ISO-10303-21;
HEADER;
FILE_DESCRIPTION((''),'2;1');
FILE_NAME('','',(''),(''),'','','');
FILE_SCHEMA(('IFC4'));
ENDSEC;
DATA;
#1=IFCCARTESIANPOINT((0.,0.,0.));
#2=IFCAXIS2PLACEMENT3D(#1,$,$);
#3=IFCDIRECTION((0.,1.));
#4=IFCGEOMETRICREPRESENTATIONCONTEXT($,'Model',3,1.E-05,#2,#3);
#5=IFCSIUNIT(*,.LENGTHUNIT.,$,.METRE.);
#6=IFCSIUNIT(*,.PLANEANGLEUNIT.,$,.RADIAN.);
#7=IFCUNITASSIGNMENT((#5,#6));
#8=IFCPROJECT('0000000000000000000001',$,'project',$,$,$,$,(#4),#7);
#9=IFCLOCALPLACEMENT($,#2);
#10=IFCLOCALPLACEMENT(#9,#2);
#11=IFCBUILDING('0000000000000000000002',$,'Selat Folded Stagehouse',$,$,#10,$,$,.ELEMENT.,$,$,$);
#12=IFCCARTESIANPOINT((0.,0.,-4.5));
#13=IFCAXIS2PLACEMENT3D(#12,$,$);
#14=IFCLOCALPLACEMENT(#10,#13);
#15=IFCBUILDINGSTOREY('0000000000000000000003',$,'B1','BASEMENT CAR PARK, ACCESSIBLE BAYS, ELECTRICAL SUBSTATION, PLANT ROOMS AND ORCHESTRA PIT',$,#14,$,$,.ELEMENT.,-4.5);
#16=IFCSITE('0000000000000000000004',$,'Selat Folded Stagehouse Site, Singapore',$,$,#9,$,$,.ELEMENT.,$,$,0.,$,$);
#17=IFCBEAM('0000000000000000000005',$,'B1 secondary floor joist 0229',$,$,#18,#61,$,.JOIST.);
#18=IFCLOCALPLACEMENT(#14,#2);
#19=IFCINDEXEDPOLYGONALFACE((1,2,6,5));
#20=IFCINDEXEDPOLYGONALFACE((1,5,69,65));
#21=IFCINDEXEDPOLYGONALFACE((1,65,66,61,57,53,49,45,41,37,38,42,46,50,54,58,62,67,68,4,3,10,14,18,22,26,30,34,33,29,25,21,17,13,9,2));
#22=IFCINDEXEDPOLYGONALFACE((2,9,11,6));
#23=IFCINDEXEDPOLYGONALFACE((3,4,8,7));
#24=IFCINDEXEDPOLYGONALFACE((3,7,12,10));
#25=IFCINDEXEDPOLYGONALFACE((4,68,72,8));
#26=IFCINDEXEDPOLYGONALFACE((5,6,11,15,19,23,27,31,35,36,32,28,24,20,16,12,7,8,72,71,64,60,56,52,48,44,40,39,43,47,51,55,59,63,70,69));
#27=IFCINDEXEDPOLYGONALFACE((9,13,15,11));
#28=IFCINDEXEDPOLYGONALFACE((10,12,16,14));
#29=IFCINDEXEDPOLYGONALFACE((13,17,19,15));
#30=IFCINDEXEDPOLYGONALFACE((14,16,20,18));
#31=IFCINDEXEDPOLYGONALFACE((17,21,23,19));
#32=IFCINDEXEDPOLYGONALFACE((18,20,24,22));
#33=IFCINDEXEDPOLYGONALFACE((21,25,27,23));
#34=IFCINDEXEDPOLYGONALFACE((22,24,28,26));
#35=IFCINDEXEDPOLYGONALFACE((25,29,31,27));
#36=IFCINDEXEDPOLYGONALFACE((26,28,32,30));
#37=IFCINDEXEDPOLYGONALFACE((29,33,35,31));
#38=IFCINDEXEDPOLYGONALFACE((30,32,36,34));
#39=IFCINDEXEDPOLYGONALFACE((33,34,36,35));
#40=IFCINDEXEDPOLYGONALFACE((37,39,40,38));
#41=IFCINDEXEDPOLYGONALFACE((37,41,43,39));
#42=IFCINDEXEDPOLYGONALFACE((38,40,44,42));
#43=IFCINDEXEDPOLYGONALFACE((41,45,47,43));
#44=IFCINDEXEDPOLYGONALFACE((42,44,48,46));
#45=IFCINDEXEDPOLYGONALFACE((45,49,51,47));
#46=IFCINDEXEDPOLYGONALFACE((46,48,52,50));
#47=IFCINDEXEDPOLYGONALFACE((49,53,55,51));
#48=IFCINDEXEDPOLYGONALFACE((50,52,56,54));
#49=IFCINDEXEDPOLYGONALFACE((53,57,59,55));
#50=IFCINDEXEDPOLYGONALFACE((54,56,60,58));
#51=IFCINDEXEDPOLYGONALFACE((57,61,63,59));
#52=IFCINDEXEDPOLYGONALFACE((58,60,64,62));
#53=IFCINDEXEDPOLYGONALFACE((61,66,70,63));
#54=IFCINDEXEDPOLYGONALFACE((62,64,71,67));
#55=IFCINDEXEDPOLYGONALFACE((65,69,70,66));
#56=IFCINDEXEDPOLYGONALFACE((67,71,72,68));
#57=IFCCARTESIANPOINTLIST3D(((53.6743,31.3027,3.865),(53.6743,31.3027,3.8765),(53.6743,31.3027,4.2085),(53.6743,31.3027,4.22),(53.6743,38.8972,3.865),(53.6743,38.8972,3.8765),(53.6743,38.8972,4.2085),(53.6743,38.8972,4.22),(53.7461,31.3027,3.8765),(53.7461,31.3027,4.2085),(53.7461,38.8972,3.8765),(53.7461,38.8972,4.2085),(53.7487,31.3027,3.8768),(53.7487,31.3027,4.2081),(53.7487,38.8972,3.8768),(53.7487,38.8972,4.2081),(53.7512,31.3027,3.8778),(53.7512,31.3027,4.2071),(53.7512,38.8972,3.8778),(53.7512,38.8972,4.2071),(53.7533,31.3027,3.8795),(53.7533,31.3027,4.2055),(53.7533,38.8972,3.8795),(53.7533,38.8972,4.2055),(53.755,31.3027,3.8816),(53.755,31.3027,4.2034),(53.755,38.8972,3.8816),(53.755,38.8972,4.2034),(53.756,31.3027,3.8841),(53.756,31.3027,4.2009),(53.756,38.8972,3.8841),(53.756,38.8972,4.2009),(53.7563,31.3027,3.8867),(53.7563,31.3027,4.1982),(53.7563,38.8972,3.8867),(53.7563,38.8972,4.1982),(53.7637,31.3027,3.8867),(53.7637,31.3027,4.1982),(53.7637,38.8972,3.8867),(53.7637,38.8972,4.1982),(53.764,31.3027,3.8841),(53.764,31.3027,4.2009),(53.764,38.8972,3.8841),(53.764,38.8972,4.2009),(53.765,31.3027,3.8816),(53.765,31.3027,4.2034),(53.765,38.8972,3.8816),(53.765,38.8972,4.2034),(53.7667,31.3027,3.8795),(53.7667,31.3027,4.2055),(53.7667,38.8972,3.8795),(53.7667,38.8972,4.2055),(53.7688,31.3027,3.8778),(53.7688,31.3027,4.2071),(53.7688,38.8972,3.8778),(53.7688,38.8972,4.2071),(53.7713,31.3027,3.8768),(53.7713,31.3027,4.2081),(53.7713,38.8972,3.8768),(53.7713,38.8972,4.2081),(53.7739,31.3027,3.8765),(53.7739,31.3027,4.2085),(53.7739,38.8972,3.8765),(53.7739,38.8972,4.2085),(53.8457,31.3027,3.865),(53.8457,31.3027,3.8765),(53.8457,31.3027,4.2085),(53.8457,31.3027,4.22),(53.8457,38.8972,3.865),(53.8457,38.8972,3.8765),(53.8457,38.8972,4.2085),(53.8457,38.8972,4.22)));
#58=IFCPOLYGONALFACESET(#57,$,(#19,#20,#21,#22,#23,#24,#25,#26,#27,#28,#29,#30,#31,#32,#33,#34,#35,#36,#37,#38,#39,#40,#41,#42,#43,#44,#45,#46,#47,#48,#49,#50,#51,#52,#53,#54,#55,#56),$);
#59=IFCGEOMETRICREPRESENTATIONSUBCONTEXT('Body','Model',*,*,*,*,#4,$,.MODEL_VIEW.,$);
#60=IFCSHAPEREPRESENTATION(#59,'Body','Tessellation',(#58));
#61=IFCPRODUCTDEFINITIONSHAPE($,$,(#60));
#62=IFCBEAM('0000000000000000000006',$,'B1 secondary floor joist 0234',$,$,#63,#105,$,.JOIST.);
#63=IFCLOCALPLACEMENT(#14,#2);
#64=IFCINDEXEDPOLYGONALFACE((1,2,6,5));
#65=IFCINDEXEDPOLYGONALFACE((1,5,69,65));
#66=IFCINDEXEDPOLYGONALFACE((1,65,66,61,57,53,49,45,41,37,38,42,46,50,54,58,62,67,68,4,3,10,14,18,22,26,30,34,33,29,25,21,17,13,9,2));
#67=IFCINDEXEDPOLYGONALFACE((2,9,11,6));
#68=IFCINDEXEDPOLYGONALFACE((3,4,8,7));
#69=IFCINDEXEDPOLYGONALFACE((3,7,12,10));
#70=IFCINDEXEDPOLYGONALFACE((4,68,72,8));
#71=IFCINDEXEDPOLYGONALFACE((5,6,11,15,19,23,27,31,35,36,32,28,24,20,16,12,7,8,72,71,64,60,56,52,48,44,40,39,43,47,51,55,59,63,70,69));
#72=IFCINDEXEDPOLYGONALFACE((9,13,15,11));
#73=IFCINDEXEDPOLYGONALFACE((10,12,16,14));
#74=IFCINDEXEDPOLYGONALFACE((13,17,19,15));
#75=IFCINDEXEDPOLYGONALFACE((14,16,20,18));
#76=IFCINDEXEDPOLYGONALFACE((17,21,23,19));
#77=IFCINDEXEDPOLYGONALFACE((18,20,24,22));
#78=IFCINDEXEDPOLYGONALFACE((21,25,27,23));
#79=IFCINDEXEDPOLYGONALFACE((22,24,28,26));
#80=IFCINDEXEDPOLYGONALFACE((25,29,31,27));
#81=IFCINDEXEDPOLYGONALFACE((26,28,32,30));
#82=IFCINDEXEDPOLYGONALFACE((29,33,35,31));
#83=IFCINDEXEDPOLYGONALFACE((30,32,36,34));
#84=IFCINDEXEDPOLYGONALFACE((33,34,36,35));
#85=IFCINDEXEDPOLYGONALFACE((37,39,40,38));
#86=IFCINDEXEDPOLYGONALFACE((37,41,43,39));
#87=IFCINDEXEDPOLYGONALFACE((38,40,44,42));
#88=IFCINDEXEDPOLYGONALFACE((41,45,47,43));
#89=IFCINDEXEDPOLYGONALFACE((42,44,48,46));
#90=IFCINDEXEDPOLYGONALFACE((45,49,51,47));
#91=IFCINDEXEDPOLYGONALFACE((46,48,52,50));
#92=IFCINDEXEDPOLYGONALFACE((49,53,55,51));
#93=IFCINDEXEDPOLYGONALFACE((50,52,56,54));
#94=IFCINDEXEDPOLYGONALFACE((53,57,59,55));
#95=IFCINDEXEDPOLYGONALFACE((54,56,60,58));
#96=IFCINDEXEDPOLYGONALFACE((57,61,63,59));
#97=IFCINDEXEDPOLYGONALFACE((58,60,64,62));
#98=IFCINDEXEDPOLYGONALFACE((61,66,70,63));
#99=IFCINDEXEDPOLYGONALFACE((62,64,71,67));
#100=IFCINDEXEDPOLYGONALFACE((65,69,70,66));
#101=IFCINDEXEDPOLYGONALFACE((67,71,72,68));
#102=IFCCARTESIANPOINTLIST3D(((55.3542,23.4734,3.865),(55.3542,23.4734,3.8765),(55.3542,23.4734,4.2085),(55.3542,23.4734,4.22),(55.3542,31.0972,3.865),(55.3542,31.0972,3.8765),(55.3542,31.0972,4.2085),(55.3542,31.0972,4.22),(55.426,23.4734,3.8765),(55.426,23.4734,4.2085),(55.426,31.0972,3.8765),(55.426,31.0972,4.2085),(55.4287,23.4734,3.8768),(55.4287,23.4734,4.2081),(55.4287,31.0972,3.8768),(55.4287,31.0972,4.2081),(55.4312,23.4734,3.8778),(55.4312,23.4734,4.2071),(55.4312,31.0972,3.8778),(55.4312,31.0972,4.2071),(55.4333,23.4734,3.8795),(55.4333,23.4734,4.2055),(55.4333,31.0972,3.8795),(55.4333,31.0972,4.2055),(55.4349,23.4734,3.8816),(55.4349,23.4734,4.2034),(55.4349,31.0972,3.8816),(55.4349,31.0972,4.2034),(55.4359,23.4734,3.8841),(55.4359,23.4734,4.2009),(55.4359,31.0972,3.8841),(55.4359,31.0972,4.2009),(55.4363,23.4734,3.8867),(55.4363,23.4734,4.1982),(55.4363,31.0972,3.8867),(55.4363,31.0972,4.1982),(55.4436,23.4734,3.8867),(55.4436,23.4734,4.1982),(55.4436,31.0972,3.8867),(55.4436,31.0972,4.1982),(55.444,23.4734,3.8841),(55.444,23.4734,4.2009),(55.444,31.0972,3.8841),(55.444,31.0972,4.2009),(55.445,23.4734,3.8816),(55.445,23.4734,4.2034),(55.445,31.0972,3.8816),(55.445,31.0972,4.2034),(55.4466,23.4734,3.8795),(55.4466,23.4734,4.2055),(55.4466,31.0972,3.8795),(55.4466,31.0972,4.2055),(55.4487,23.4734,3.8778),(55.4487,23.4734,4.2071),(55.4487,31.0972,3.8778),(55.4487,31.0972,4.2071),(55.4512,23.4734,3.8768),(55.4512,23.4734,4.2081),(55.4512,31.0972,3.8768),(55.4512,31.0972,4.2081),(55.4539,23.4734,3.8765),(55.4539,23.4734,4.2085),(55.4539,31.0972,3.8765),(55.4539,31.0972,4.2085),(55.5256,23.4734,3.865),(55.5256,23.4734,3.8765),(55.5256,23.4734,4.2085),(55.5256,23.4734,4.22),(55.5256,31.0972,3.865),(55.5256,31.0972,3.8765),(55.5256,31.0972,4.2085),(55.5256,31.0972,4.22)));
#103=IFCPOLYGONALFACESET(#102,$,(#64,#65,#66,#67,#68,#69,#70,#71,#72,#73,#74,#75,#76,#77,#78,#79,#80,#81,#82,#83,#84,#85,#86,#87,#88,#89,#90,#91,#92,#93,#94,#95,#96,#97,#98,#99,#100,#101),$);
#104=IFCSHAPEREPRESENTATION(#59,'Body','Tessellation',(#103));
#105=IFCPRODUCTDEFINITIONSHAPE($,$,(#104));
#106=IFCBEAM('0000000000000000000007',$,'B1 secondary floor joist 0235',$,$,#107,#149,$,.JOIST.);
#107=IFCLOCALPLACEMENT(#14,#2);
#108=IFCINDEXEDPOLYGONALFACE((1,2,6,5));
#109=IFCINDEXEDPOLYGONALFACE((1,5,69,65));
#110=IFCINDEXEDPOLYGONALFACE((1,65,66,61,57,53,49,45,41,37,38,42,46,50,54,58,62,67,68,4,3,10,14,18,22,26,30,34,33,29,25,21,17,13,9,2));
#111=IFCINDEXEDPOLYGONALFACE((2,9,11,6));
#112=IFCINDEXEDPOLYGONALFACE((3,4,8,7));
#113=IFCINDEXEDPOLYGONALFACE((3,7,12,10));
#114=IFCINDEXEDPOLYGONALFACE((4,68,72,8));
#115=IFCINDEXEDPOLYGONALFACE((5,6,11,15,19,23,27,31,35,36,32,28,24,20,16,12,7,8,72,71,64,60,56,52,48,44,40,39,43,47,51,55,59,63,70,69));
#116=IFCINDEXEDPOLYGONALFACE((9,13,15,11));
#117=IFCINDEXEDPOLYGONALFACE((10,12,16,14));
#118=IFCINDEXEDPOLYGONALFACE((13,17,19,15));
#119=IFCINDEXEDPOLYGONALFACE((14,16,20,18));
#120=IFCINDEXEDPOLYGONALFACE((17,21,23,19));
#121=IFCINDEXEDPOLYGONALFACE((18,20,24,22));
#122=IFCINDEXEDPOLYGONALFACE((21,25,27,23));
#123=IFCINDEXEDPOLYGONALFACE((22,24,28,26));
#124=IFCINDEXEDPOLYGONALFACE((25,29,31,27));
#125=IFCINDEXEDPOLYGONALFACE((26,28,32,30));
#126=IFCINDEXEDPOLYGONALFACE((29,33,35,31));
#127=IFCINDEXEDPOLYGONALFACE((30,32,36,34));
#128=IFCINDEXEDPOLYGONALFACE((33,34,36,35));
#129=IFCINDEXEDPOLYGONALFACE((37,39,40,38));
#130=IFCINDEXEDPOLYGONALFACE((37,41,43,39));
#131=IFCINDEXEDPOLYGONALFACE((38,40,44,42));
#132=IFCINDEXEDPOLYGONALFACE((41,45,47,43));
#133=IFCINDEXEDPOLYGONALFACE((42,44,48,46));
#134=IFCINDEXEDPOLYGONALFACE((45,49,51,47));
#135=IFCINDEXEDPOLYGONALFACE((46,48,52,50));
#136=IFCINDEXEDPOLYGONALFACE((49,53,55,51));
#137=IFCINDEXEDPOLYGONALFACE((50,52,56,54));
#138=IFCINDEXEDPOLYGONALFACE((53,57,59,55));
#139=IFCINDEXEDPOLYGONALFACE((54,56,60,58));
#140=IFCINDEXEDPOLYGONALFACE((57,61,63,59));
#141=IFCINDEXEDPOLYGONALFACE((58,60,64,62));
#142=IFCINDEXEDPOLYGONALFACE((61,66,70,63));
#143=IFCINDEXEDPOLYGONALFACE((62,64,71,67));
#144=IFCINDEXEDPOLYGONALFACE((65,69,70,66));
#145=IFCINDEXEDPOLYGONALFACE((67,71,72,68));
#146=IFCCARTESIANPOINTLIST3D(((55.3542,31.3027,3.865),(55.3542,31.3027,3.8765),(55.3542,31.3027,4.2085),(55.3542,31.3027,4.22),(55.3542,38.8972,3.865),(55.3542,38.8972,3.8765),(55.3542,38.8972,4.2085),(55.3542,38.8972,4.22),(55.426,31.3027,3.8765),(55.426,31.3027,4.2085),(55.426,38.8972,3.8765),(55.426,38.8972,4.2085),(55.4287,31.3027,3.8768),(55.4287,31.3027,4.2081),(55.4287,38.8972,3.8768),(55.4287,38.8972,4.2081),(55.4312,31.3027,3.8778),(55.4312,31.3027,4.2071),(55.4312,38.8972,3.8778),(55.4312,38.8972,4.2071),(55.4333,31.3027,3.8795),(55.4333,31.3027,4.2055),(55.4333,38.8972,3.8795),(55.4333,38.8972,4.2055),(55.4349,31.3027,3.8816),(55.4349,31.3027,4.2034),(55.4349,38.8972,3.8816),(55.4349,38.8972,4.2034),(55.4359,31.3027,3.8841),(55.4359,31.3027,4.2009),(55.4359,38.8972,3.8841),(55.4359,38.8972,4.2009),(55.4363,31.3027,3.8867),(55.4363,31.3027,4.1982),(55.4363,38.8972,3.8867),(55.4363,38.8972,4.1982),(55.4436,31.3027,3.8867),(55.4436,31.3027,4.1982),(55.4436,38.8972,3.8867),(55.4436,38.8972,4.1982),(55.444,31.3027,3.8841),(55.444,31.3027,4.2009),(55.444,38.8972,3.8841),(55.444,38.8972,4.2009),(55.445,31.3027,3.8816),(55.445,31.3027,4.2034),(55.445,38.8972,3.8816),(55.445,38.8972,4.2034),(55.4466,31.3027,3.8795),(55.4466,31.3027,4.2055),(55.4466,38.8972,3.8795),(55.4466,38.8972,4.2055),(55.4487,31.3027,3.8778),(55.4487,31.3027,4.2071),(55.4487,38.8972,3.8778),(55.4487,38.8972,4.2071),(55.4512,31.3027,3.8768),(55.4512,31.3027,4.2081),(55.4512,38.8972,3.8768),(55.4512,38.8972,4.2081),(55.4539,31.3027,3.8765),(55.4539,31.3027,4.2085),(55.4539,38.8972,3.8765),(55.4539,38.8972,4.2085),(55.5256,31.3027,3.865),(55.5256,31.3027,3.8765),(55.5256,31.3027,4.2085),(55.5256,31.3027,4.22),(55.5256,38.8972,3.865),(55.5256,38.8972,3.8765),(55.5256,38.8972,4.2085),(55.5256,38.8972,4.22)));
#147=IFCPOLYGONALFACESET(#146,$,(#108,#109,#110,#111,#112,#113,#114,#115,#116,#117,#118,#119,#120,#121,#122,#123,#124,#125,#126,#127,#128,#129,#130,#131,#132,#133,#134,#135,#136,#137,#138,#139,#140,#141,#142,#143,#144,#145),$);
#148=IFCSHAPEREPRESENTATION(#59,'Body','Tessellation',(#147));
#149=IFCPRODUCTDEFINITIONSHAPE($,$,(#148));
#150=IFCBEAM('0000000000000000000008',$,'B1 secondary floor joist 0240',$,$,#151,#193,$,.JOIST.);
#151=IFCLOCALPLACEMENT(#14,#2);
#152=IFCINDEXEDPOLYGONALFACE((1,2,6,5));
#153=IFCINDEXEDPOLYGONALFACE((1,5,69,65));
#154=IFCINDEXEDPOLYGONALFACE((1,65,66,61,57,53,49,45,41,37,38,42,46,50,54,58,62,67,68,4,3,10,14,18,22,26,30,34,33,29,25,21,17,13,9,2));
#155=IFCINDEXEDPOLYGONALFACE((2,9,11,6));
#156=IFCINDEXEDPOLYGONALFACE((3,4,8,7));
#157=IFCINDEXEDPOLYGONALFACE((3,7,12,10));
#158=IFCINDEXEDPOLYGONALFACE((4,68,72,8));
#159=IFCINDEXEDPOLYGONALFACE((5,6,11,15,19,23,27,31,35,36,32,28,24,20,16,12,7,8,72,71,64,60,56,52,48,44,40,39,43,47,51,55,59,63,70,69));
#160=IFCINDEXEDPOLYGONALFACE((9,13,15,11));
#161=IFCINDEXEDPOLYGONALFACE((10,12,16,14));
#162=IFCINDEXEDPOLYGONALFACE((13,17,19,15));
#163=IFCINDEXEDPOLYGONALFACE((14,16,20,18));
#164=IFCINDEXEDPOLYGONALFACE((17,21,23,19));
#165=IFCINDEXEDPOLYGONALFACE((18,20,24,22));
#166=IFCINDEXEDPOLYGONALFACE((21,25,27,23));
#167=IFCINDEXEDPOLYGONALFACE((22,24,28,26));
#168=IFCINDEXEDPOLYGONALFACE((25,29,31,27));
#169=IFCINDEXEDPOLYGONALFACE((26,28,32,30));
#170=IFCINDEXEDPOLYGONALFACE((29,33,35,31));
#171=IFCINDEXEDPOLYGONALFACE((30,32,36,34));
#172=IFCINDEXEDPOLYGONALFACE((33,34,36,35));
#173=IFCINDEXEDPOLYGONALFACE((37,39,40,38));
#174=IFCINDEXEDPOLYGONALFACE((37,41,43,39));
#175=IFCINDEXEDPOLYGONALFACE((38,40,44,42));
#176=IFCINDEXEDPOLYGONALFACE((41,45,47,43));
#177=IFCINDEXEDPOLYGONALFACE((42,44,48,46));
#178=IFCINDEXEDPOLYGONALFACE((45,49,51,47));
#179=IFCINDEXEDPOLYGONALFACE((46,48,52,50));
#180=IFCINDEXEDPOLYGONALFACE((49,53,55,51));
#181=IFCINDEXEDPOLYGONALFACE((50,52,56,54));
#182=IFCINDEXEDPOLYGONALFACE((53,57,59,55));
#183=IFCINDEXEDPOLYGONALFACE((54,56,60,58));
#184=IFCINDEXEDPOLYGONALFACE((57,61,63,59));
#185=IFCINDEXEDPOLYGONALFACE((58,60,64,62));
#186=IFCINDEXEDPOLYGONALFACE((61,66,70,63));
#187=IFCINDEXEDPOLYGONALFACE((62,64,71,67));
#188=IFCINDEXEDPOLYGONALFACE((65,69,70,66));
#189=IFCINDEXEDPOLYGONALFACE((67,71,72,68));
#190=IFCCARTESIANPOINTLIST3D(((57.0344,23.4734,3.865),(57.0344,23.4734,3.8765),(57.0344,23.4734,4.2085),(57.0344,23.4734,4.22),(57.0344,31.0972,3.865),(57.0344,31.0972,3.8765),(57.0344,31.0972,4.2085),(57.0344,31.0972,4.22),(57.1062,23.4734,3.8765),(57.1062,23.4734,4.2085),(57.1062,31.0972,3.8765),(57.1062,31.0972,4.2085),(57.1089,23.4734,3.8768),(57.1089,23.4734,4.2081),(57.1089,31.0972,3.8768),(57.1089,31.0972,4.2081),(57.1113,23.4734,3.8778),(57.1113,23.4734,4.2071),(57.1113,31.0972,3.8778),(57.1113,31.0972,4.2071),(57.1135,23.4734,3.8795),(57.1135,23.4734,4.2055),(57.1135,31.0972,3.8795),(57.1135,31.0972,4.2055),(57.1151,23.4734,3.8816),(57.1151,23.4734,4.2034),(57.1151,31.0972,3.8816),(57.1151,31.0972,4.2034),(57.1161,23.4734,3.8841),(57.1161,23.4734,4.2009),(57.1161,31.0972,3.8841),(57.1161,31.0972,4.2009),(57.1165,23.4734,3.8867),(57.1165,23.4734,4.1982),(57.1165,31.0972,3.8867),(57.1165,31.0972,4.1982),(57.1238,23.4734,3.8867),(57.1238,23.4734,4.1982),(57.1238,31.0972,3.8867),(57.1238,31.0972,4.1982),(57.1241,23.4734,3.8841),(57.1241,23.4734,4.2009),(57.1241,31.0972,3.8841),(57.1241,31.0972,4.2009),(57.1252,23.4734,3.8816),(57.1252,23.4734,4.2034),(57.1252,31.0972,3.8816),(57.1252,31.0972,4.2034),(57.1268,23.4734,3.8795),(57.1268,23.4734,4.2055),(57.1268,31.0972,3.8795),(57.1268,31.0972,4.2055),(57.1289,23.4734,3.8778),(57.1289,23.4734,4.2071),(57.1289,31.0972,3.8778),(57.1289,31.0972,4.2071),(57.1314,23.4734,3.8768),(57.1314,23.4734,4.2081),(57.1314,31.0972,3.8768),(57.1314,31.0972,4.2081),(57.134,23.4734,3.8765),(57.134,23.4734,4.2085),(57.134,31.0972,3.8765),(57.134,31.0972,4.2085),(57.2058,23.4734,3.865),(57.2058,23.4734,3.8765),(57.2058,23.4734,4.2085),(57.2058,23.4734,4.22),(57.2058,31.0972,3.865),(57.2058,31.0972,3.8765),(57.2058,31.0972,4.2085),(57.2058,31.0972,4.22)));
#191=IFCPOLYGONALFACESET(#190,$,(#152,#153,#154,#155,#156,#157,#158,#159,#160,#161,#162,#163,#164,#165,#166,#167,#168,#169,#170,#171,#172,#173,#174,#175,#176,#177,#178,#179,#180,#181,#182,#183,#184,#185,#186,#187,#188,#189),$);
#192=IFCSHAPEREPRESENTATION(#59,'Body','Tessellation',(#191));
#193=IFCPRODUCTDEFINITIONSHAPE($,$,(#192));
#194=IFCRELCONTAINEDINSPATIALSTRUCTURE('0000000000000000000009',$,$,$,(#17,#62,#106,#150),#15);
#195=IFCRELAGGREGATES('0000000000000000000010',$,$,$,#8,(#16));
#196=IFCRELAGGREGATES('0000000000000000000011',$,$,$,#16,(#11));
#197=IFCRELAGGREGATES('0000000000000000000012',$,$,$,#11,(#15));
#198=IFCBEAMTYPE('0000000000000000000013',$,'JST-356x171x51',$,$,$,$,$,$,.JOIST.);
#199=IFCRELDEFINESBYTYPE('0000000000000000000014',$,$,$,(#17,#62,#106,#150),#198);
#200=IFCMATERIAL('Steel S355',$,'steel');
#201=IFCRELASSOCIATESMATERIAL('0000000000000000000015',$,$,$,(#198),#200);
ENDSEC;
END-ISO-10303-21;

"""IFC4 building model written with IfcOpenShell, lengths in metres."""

from ifc_helpers import new_model, si_unit, direction, frame, origin, origin_2d, place, context, subcontext, project, spatial, i_section, extrude, material, material_profile, profile_set, type_object, element, save


model = new_model("IFC4")

# Units and contexts
model_context = context("Model", 3, precision=1e-05, world=origin(), true_north=direction((0.0, 1.0)))
body_context = subcontext(model_context, "Body", "Model", "MODEL_VIEW")
ifc_project = project(units=[si_unit("LENGTHUNIT", "METRE"), si_unit("PLANEANGLEUNIT", "RADIAN")], contexts=[model_context])

# Site, building, storey
site_placement = place(None, origin())
site = spatial("IfcSite", under=ifc_project, at=site_placement, Name="Selat Folded Stagehouse Site, Singapore", CompositionType="ELEMENT", RefElevation=0.0)
building_placement = place(site_placement, origin())
building = spatial("IfcBuilding", under=site, at=building_placement, Name="Selat Folded Stagehouse", CompositionType="ELEMENT")
storey_placement = place(building_placement, frame((0.0, 0.0, -4.5)))
storey = spatial("IfcBuildingStorey", under=building, at=storey_placement, Name="B1", Description="BASEMENT CAR PARK, ACCESSIBLE BAYS, ELECTRICAL SUBSTATION, PLANT ROOMS AND ORCHESTRA PIT", CompositionType="ELEMENT", Elevation=-4.5)

# Shared definitions
ifc_material_1 = material(Name="Steel S355", Category="steel")

# Beams
ifc_material_profile_1 = material_profile(ifc_material_1, i_section(OverallWidth=0.1714, OverallDepth=0.355, WebThickness=0.0073, FlangeThickness=0.0115, FilletRadius=0.0103, at=origin_2d()), Name="UKB 356x171x51")
ifc_profile_set_1 = profile_set([ifc_material_profile_1], Name="Steel S355")
beam_type_1 = type_object("IfcBeamType", Name="JST-356x171x51", PredefinedType="JOIST", material=ifc_profile_set_1)
beam_1_placement = place(storey_placement, frame((53.76, 31.3027, 4.0425), z_axis=(0.0, 1.0, 0.0), x_axis=(-1.0, 0.0, 0.0)))
element("IfcBeam", 1, at=beam_1_placement, inside=storey, type_object=beam_type_1, Name="B1 secondary floor joist 0229", PredefinedType="JOIST", context=body_context, shape_type="SweptSolid", body=[
    extrude(i_section(OverallWidth=0.1714, OverallDepth=0.355, WebThickness=0.0073, FlangeThickness=0.0115, FilletRadius=0.0103, at=origin_2d()), origin(), (0.0, 0.0, 1.0), 7.5945),
])
beam_2_placement = place(storey_placement, frame((55.4399, 23.4734, 4.0425), z_axis=(0.0, 1.0, 0.0), x_axis=(-1.0, 0.0, 0.0)))
element("IfcBeam", 2, at=beam_2_placement, inside=storey, type_object=beam_type_1, Name="B1 secondary floor joist 0234", PredefinedType="JOIST", context=body_context, shape_type="SweptSolid", body=[
    extrude(i_section(OverallWidth=0.1714, OverallDepth=0.355, WebThickness=0.0073, FlangeThickness=0.0115, FilletRadius=0.0103, at=origin_2d()), origin(), (0.0, 0.0, 1.0), 7.6238),
])
beam_3_placement = place(storey_placement, frame((55.4399, 31.3027, 4.0425), z_axis=(0.0, 1.0, 0.0), x_axis=(-1.0, 0.0, 0.0)))
element("IfcBeam", 3, at=beam_3_placement, inside=storey, type_object=beam_type_1, Name="B1 secondary floor joist 0235", PredefinedType="JOIST", context=body_context, shape_type="SweptSolid", body=[
    extrude(i_section(OverallWidth=0.1714, OverallDepth=0.355, WebThickness=0.0073, FlangeThickness=0.0115, FilletRadius=0.0103, at=origin_2d()), origin(), (0.0, 0.0, 1.0), 7.5945),
])
beam_4_placement = place(storey_placement, frame((57.1201, 23.4734, 4.0425), z_axis=(0.0, 1.0, 0.0), x_axis=(-1.0, 0.0, 0.0)))
element("IfcBeam", 4, at=beam_4_placement, inside=storey, type_object=beam_type_1, Name="B1 secondary floor joist 0240", PredefinedType="JOIST", context=body_context, shape_type="SweptSolid", body=[
    extrude(i_section(OverallWidth=0.1714, OverallDepth=0.355, WebThickness=0.0073, FlangeThickness=0.0115, FilletRadius=0.0103, at=origin_2d()), origin(), (0.0, 0.0, 1.0), 7.6238),
])

save(model, "model.ifc")
